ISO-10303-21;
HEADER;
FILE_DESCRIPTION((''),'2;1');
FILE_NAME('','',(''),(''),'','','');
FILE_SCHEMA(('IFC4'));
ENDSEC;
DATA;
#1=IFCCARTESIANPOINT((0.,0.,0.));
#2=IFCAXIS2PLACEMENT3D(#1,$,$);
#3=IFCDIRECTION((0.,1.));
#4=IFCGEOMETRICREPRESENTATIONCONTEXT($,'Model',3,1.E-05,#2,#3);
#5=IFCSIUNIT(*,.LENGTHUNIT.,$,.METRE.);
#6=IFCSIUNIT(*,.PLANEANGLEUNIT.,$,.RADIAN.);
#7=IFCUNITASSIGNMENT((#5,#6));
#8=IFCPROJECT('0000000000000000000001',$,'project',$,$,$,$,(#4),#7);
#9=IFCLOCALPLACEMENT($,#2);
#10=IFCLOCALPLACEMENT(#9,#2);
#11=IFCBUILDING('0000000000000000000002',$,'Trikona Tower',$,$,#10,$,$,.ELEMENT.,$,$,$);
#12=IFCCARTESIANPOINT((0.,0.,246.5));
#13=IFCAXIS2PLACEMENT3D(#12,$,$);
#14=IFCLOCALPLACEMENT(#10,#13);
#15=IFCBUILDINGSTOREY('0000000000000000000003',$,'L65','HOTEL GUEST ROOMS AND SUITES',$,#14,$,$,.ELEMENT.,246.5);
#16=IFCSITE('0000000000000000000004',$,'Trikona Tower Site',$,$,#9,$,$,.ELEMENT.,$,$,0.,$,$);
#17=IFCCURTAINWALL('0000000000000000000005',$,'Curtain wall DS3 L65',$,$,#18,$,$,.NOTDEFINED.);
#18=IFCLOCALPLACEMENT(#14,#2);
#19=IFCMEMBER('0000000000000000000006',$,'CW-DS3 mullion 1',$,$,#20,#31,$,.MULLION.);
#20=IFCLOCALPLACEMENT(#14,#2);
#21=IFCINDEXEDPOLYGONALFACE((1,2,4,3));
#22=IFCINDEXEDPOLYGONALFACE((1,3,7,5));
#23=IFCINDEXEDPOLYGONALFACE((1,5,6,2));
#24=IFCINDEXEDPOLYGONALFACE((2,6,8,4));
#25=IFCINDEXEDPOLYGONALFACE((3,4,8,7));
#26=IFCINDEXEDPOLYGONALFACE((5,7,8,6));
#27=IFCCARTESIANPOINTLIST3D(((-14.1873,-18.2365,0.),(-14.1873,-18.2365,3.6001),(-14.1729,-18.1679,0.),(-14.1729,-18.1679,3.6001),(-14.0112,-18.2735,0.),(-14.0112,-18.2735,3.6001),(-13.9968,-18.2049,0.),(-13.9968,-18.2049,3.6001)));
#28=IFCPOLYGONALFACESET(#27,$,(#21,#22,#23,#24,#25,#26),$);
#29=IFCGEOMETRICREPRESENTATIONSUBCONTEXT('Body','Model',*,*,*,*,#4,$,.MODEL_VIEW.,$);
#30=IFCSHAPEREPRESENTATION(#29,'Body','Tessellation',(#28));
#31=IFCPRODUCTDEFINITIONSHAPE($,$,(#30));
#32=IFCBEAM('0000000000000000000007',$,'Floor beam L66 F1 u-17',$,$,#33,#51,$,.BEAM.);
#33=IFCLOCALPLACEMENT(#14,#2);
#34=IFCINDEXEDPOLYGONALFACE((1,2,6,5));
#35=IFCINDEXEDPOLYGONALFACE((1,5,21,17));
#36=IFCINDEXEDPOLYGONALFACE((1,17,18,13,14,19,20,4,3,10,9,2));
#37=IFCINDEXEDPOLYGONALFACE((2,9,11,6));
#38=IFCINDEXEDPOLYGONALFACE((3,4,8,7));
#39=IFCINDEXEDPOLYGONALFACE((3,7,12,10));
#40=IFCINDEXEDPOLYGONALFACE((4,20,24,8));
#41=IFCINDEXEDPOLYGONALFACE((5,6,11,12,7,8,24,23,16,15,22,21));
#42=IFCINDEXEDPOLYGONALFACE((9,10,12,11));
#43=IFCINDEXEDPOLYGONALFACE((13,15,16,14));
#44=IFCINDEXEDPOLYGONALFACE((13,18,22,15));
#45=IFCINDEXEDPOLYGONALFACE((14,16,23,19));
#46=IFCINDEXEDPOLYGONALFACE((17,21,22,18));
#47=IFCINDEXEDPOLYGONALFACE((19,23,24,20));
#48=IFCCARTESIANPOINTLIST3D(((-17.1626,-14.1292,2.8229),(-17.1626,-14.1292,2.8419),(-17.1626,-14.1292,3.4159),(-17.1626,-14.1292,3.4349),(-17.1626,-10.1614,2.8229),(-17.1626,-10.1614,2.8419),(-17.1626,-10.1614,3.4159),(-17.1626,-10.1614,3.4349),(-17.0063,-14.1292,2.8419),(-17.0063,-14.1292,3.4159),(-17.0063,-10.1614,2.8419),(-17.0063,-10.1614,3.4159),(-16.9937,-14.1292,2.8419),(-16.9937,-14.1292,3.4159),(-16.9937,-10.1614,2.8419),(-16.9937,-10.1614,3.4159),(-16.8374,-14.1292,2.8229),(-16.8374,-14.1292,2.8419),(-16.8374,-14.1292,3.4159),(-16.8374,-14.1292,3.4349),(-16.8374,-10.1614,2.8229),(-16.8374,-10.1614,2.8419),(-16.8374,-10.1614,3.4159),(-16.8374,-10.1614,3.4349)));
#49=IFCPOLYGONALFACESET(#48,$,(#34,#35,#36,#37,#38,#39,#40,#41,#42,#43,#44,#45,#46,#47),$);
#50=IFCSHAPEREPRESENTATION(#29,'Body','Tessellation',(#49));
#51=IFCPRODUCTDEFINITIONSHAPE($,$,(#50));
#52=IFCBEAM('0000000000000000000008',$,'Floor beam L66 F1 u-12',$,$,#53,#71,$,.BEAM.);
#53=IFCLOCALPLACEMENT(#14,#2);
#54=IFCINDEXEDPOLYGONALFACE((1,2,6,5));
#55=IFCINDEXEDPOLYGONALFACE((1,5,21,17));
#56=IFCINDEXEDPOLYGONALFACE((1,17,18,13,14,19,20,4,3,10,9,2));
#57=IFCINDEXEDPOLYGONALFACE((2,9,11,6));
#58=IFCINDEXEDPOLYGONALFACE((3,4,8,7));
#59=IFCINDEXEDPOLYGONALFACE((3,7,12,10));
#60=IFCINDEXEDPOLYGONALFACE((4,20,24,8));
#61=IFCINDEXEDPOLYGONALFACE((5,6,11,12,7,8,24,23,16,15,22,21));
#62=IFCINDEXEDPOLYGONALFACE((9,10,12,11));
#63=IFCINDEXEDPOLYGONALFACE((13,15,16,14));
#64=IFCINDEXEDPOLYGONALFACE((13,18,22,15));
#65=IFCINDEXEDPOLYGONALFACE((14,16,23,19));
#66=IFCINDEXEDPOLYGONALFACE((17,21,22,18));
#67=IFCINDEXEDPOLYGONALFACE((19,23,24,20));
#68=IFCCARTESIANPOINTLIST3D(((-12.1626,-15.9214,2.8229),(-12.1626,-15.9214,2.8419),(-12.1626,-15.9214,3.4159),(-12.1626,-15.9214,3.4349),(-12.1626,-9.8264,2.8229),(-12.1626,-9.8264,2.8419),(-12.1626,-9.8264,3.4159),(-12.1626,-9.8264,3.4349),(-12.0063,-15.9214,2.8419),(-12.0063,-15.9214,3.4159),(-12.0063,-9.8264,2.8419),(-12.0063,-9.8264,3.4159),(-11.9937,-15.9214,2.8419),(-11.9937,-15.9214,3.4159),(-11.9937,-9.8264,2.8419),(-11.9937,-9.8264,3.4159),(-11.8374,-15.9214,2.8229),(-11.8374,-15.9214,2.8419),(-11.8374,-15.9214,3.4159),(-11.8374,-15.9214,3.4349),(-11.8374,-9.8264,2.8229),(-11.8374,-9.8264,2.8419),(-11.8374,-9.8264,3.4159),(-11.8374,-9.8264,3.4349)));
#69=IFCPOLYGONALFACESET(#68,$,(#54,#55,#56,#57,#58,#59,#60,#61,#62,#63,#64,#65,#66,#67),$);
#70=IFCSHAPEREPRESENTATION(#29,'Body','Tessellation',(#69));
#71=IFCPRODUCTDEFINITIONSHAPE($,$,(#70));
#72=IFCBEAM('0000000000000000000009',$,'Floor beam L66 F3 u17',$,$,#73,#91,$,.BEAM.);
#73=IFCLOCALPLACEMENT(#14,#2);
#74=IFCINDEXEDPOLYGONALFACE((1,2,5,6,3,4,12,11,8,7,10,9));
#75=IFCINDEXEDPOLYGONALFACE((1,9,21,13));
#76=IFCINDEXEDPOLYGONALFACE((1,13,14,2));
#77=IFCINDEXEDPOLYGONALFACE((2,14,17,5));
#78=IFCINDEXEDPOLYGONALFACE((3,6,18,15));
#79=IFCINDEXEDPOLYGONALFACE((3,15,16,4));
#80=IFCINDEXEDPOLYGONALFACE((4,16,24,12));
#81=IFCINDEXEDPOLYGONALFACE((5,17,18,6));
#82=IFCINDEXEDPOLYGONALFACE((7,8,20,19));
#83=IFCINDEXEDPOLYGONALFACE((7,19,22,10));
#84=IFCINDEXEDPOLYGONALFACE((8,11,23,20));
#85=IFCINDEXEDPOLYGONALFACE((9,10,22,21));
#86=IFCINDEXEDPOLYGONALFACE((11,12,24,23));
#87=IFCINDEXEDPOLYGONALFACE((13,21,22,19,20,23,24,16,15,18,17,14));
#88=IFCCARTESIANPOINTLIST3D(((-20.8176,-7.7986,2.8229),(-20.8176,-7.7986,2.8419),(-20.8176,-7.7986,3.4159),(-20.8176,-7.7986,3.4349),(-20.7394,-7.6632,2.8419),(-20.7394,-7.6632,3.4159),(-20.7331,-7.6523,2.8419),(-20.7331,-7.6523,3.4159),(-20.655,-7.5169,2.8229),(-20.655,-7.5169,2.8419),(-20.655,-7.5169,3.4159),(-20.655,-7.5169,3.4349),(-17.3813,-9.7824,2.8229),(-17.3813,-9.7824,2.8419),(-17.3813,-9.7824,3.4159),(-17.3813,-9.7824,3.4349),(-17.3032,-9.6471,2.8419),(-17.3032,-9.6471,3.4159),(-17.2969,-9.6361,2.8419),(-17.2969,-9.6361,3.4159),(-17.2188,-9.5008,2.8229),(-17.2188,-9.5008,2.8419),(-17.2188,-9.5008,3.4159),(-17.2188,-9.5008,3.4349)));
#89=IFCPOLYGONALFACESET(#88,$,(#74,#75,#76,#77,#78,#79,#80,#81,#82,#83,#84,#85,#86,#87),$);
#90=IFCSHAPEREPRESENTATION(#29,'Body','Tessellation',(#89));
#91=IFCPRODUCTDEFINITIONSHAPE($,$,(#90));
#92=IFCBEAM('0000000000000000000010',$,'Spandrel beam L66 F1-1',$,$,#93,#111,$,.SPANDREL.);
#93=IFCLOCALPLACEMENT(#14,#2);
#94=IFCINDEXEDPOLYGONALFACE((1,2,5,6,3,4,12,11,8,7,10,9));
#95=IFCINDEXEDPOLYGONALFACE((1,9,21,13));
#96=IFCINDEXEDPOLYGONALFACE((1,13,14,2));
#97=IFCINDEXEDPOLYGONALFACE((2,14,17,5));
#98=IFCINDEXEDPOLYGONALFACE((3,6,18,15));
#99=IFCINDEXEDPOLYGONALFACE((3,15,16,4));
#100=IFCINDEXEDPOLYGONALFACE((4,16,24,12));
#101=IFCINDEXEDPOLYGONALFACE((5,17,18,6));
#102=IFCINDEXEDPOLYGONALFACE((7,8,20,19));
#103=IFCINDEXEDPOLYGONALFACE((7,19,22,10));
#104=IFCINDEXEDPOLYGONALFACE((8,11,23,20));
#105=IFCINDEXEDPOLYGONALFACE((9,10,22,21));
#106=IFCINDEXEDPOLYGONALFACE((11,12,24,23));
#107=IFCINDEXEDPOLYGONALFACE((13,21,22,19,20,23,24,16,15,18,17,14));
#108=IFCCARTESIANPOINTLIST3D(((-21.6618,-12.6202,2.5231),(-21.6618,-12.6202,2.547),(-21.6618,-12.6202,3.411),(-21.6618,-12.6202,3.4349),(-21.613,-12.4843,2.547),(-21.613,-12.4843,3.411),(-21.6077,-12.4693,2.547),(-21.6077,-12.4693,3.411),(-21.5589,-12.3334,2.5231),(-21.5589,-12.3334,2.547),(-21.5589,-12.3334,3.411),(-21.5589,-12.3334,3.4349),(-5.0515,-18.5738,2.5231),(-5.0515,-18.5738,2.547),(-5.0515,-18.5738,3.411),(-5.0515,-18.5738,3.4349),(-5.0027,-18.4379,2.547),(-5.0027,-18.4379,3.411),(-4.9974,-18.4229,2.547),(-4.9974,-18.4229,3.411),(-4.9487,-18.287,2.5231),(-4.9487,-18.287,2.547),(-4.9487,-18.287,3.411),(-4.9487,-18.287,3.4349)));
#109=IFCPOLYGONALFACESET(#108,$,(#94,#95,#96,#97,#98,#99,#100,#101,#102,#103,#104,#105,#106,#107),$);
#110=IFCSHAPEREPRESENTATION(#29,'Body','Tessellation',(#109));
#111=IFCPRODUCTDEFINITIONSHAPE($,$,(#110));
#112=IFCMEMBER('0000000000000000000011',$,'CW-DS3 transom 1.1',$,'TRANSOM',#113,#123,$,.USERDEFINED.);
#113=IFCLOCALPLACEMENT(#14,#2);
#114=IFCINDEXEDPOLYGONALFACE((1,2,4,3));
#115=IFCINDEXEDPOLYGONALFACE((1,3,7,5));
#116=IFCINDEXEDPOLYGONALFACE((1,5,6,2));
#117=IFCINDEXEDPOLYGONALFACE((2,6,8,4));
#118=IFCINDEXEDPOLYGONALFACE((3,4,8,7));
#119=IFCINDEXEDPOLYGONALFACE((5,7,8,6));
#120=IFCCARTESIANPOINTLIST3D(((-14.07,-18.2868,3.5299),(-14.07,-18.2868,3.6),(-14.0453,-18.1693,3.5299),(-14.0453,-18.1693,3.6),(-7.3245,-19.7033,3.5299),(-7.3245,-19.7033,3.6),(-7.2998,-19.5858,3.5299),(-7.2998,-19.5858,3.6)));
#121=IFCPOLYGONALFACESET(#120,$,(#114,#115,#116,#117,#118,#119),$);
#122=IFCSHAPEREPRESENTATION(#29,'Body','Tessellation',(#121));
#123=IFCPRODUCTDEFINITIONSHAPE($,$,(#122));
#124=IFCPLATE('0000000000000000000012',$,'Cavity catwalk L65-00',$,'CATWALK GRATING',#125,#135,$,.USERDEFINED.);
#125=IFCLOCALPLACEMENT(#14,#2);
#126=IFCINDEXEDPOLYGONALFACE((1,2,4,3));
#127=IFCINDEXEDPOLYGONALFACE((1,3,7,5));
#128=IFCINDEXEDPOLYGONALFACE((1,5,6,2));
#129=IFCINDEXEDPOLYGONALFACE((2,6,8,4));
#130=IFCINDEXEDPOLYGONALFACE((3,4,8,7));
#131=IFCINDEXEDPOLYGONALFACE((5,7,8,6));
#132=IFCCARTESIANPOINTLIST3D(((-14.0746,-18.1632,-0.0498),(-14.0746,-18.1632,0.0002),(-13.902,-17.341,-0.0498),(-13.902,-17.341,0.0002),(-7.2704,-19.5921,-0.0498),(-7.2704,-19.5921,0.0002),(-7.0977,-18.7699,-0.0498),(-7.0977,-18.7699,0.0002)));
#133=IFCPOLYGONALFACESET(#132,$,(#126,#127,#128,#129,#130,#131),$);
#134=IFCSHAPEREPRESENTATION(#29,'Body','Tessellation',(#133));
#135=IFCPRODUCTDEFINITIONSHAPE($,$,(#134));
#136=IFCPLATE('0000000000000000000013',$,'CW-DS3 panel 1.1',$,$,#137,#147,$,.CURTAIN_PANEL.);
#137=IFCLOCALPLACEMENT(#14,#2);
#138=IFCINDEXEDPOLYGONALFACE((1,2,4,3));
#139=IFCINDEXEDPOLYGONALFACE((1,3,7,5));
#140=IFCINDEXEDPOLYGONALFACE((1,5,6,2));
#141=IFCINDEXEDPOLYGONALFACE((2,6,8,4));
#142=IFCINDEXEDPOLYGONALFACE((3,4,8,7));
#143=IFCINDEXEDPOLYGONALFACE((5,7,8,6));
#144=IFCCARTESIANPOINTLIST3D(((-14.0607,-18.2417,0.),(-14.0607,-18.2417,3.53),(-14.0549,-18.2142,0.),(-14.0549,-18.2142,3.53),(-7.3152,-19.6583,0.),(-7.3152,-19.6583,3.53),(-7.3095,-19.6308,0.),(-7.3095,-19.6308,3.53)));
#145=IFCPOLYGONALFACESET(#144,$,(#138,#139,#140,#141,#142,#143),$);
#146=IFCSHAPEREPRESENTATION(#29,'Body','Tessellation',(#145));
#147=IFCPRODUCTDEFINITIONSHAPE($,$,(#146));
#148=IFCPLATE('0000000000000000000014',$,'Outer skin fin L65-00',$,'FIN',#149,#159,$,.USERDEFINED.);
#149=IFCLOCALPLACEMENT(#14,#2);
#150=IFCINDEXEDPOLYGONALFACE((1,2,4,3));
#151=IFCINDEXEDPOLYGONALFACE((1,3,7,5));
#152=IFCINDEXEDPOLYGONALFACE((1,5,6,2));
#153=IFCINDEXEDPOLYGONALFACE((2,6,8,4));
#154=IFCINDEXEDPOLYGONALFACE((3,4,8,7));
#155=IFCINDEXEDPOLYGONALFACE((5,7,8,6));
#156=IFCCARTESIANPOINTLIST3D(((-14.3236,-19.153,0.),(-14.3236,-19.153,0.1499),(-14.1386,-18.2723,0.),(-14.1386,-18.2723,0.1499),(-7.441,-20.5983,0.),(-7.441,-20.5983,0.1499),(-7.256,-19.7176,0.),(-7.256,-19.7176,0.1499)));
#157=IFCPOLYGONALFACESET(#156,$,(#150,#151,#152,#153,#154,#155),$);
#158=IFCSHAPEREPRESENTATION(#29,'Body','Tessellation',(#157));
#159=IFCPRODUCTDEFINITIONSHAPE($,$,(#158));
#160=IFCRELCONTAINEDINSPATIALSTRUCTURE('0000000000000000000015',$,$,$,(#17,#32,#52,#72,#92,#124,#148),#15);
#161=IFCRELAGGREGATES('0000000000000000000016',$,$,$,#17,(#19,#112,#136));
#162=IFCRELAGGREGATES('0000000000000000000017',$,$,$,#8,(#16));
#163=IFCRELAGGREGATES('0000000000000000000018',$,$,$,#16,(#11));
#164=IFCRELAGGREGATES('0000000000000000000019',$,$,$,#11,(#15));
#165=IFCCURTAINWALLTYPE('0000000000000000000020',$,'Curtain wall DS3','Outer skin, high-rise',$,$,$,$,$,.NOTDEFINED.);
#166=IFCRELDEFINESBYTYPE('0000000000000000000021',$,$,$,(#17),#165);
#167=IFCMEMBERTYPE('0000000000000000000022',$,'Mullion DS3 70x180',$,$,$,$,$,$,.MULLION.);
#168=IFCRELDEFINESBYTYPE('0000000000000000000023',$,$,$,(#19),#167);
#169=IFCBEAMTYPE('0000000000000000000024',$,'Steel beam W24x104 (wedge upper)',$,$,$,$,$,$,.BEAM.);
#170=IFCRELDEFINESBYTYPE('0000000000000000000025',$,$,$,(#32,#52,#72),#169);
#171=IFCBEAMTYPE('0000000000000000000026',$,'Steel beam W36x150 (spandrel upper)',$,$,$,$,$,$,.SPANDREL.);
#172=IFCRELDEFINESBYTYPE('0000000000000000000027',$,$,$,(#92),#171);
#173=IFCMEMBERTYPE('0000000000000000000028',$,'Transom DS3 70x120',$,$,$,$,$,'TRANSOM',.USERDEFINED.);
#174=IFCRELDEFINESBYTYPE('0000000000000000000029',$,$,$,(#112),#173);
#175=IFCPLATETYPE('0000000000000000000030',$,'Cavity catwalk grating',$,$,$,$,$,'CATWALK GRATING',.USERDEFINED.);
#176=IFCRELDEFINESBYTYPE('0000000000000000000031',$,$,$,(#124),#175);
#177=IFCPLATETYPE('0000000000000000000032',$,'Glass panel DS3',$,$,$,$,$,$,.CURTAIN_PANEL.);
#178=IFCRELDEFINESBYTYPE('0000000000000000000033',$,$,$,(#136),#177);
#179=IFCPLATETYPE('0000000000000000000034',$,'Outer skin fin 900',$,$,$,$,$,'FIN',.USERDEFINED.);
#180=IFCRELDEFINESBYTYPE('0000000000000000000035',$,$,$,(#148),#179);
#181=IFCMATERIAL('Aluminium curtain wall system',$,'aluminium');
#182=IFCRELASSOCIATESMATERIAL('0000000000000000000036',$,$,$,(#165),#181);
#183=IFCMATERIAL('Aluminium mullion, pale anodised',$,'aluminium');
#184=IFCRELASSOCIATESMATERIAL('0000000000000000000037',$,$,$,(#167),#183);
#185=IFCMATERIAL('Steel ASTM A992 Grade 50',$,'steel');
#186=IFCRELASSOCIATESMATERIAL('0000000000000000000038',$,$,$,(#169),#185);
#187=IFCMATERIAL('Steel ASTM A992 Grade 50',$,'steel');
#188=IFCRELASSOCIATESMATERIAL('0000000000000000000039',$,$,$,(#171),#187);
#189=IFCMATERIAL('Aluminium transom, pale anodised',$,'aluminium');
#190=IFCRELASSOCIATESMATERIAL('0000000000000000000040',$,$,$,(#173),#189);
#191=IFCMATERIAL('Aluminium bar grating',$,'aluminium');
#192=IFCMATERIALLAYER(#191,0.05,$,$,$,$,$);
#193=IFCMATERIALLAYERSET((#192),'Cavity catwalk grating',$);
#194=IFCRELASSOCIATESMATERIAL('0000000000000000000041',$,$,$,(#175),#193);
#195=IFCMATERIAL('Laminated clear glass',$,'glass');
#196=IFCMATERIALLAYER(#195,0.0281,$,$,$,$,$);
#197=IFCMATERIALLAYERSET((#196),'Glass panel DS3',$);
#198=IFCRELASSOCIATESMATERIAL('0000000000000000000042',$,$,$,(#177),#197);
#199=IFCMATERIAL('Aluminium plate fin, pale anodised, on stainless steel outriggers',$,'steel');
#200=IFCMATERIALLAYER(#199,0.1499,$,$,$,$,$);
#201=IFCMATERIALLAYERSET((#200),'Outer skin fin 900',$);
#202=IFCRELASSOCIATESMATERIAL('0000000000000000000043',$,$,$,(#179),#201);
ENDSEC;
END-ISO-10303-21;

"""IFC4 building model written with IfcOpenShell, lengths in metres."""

from ifc_helpers import new_model, si_unit, direction, frame, origin, origin_2d, place, context, subcontext, project, spatial, rectangle, i_section, extrude, material, layer, layer_set, material_profile, profile_set, type_object, element, aggregate, save


model = new_model("IFC4")

# Units and contexts
model_context = context("Model", 3, precision=1e-05, world=origin(), true_north=direction((0.0, 1.0)))
body_context = subcontext(model_context, "Body", "Model", "MODEL_VIEW")
ifc_project = project(units=[si_unit("LENGTHUNIT", "METRE"), si_unit("PLANEANGLEUNIT", "RADIAN")], contexts=[model_context])

# Site, building, storey
site_placement = place(None, origin())
site = spatial("IfcSite", under=ifc_project, at=site_placement, Name="Trikona Tower Site", CompositionType="ELEMENT", RefElevation=0.0)
building_placement = place(site_placement, origin())
building = spatial("IfcBuilding", under=site, at=building_placement, Name="Trikona Tower", CompositionType="ELEMENT")
storey_placement = place(building_placement, frame((0.0, 0.0, 246.5)))
storey = spatial("IfcBuildingStorey", under=building, at=storey_placement, Name="L65", Description="HOTEL GUEST ROOMS AND SUITES", CompositionType="ELEMENT", Elevation=246.5)

# Curtain wall, member
ifc_material_1 = material(Name="Aluminium curtain wall system", Category="aluminium")
curtain_wall_type = type_object("IfcCurtainWallType", Name="Curtain wall DS3", Description="Outer skin, high-rise", PredefinedType="NOTDEFINED", material=ifc_material_1)
curtain_wall_placement = place(storey_placement, origin())
curtain_wall = element("IfcCurtainWall", 1, at=curtain_wall_placement, inside=storey, type_object=curtain_wall_type, Name="Curtain wall DS3 L65", PredefinedType="NOTDEFINED")
ifc_material_2 = material(Name="Aluminium mullion, pale anodised", Category="aluminium")
ifc_material_profile_1 = material_profile(ifc_material_2, rectangle(XDim=0.0701, YDim=0.1799, at=origin_2d()), Name="MUL-DS3")
ifc_profile_set_1 = profile_set([ifc_material_profile_1], Name="Aluminium mullion, pale anodised")
member_type_1 = type_object("IfcMemberType", Name="Mullion DS3 70x180", PredefinedType="MULLION", material=ifc_profile_set_1)
member_1_placement = place(storey_placement, frame((-14.092, -18.2207, 0.0), z_axis=(0.0, 0.0, 1.0), x_axis=(0.205527, 0.978651, 0.0)))
member_1 = element("IfcMember", 2, at=member_1_placement, type_object=member_type_1, Name="CW-DS3 mullion 1", PredefinedType="MULLION", context=body_context, shape_type="SweptSolid", body=[
    extrude(rectangle(XDim=0.0701, YDim=0.1799, at=origin_2d()), origin(), (0.0, 0.0, 1.0), 3.6001),
])

# Beams
ifc_material_3 = material(Name="Steel ASTM A992 Grade 50", Category="steel")
ifc_material_profile_2 = material_profile(ifc_material_3, i_section(OverallWidth=0.3252, OverallDepth=0.6121, WebThickness=0.0127, FlangeThickness=0.019, at=origin_2d()), Name="W24X104")
ifc_profile_set_2 = profile_set([ifc_material_profile_2], Name="Steel ASTM A992 Grade 50")
beam_type_1 = type_object("IfcBeamType", Name="Steel beam W24x104 (wedge upper)", PredefinedType="BEAM", material=ifc_profile_set_2)
beam_1_placement = place(storey_placement, frame((-17.0, -10.1614, 3.1289), z_axis=(0.0, -1.0, 0.0), x_axis=(1.0, 0.0, 0.0)))
element("IfcBeam", 3, at=beam_1_placement, inside=storey, type_object=beam_type_1, Name="Floor beam L66 F1 u-17", PredefinedType="BEAM", context=body_context, shape_type="SweptSolid", body=[
    extrude(i_section(OverallWidth=0.3252, OverallDepth=0.6121, WebThickness=0.0127, FlangeThickness=0.019, at=origin_2d()), origin(), (0.0, 0.0, 1.0), 3.9678),
])
beam_2_placement = place(storey_placement, frame((-12.0, -9.8264, 3.1289), z_axis=(0.0, -1.0, 0.0), x_axis=(1.0, 0.0, 0.0)))
element("IfcBeam", 4, at=beam_2_placement, inside=storey, type_object=beam_type_1, Name="Floor beam L66 F1 u-12", PredefinedType="BEAM", context=body_context, shape_type="SweptSolid", body=[
    extrude(i_section(OverallWidth=0.3252, OverallDepth=0.6121, WebThickness=0.0127, FlangeThickness=0.019, at=origin_2d()), origin(), (0.0, 0.0, 1.0), 6.095),
])
beam_3_placement = place(storey_placement, frame((-17.3, -9.6416, 3.1289), z_axis=(-0.866031, 0.499991, 0.0), x_axis=(-0.499991, -0.866031, 0.0)))
element("IfcBeam", 5, at=beam_3_placement, inside=storey, type_object=beam_type_1, Name="Floor beam L66 F3 u17", PredefinedType="BEAM", context=body_context, shape_type="SweptSolid", body=[
    extrude(i_section(OverallWidth=0.3252, OverallDepth=0.6121, WebThickness=0.0127, FlangeThickness=0.019, at=origin_2d()), origin(), (0.0, 0.0, 1.0), 3.9678),
])
ifc_material_4 = material(Name="Steel ASTM A992 Grade 50", Category="steel")
ifc_material_profile_3 = material_profile(ifc_material_4, i_section(OverallWidth=0.3047, OverallDepth=0.9119, WebThickness=0.0159, FlangeThickness=0.0239, at=origin_2d()), Name="W36X150")
ifc_profile_set_3 = profile_set([ifc_material_profile_3], Name="Steel ASTM A992 Grade 50")
beam_type_2 = type_object("IfcBeamType", Name="Steel beam W36x150 (spandrel upper)", PredefinedType="SPANDREL", material=ifc_profile_set_3)
beam_4_placement = place(storey_placement, frame((-21.6104, -12.4768, 2.979), z_axis=(0.941358, -0.337409, 0.0), x_axis=(0.337409, 0.941358, 0.0)))
element("IfcBeam", 6, at=beam_4_placement, inside=storey, type_object=beam_type_2, Name="Spandrel beam L66 F1-1", PredefinedType="SPANDREL", context=body_context, shape_type="SweptSolid", body=[
    extrude(i_section(OverallWidth=0.3047, OverallDepth=0.9119, WebThickness=0.0159, FlangeThickness=0.0239, at=origin_2d()), origin(), (0.0, 0.0, 1.0), 17.645),
])

# Member
ifc_material_5 = material(Name="Aluminium transom, pale anodised", Category="aluminium")
ifc_material_profile_4 = material_profile(ifc_material_5, rectangle(XDim=0.1201, YDim=0.0701, at=origin_2d()), Name="TRN-DS3")
ifc_profile_set_4 = profile_set([ifc_material_profile_4], Name="Aluminium transom, pale anodised")
member_type_2 = type_object("IfcMemberType", Name="Transom DS3 70x120", ElementType="TRANSOM", PredefinedType="USERDEFINED", material=ifc_profile_set_4)
member_2_placement = place(storey_placement, frame((-14.0576, -18.228, 3.5649), z_axis=(0.978654, -0.205514, 0.0), x_axis=(0.205514, 0.978654, 0.0)))
member_2 = element("IfcMember", 7, at=member_2_placement, type_object=member_type_2, Name="CW-DS3 transom 1.1", ObjectType="TRANSOM", PredefinedType="USERDEFINED", context=body_context, shape_type="SweptSolid", body=[
    extrude(rectangle(XDim=0.1201, YDim=0.0701, at=origin_2d()), origin(), (0.0, 0.0, 1.0), 6.8926),
])

# Plates
ifc_material_6 = material(Name="Aluminium bar grating", Category="aluminium")
ifc_layer_1 = layer(ifc_material_6, 0.05)
ifc_layer_set_1 = layer_set([ifc_layer_1], Name="Cavity catwalk grating")
plate_type_1 = type_object("IfcPlateType", Name="Cavity catwalk grating", ElementType="CATWALK GRATING", PredefinedType="USERDEFINED", material=ifc_layer_set_1)
plate_1_placement = place(storey_placement, frame((-10.5862, -18.4666, -0.0498), z_axis=(0.0, 0.0, 1.0), x_axis=(0.978653, -0.205518, 0.0)))
element("IfcPlate", 8, at=plate_1_placement, inside=storey, type_object=plate_type_1, Name="Cavity catwalk L65-00", ObjectType="CATWALK GRATING", PredefinedType="USERDEFINED", context=body_context, shape_type="SweptSolid", body=[
    extrude(rectangle(XDim=6.9526, YDim=0.8401, at=origin_2d()), origin(), (0.0, 0.0, 1.0), 0.05),
])
ifc_material_7 = material(Name="Laminated clear glass", Category="glass")
ifc_layer_2 = layer(ifc_material_7, 0.0281)
ifc_layer_set_2 = layer_set([ifc_layer_2], Name="Glass panel DS3")
plate_type_2 = type_object("IfcPlateType", Name="Glass panel DS3", PredefinedType="CURTAIN_PANEL", material=ifc_layer_set_2)
plate_2_placement = place(storey_placement, frame((-10.6851, -18.9363, 0.0), z_axis=(0.0, 0.0, 1.0), x_axis=(0.978651, -0.205527, 0.0)))
plate_2 = element("IfcPlate", 9, at=plate_2_placement, type_object=plate_type_2, Name="CW-DS3 panel 1.1", PredefinedType="CURTAIN_PANEL", context=body_context, shape_type="SweptSolid", body=[
    extrude(rectangle(XDim=6.8926, YDim=0.0281, at=origin_2d()), origin(), (0.0, 0.0, 1.0), 3.53),
])
aggregate(curtain_wall, [member_1, member_2, plate_2])
ifc_material_8 = material(Name="Aluminium plate fin, pale anodised, on stainless steel outriggers", Category="steel")
ifc_layer_3 = layer(ifc_material_8, 0.1499)
ifc_layer_set_3 = layer_set([ifc_layer_3], Name="Outer skin fin 900")
plate_type_3 = type_object("IfcPlateType", Name="Outer skin fin 900", ElementType="FIN", PredefinedType="USERDEFINED", material=ifc_layer_set_3)
plate_3_placement = place(storey_placement, frame((-10.7898, -19.4353, 0.0), z_axis=(0.0, 0.0, 1.0), x_axis=(0.978653, -0.205518, 0.0)))
element("IfcPlate", 10, at=plate_3_placement, inside=storey, type_object=plate_type_3, Name="Outer skin fin L65-00", ObjectType="FIN", PredefinedType="USERDEFINED", context=body_context, shape_type="SweptSolid", body=[
    extrude(rectangle(XDim=7.0327, YDim=0.8999, at=origin_2d()), origin(), (0.0, 0.0, 1.0), 0.1499),
])

save(model, "model.ifc")
